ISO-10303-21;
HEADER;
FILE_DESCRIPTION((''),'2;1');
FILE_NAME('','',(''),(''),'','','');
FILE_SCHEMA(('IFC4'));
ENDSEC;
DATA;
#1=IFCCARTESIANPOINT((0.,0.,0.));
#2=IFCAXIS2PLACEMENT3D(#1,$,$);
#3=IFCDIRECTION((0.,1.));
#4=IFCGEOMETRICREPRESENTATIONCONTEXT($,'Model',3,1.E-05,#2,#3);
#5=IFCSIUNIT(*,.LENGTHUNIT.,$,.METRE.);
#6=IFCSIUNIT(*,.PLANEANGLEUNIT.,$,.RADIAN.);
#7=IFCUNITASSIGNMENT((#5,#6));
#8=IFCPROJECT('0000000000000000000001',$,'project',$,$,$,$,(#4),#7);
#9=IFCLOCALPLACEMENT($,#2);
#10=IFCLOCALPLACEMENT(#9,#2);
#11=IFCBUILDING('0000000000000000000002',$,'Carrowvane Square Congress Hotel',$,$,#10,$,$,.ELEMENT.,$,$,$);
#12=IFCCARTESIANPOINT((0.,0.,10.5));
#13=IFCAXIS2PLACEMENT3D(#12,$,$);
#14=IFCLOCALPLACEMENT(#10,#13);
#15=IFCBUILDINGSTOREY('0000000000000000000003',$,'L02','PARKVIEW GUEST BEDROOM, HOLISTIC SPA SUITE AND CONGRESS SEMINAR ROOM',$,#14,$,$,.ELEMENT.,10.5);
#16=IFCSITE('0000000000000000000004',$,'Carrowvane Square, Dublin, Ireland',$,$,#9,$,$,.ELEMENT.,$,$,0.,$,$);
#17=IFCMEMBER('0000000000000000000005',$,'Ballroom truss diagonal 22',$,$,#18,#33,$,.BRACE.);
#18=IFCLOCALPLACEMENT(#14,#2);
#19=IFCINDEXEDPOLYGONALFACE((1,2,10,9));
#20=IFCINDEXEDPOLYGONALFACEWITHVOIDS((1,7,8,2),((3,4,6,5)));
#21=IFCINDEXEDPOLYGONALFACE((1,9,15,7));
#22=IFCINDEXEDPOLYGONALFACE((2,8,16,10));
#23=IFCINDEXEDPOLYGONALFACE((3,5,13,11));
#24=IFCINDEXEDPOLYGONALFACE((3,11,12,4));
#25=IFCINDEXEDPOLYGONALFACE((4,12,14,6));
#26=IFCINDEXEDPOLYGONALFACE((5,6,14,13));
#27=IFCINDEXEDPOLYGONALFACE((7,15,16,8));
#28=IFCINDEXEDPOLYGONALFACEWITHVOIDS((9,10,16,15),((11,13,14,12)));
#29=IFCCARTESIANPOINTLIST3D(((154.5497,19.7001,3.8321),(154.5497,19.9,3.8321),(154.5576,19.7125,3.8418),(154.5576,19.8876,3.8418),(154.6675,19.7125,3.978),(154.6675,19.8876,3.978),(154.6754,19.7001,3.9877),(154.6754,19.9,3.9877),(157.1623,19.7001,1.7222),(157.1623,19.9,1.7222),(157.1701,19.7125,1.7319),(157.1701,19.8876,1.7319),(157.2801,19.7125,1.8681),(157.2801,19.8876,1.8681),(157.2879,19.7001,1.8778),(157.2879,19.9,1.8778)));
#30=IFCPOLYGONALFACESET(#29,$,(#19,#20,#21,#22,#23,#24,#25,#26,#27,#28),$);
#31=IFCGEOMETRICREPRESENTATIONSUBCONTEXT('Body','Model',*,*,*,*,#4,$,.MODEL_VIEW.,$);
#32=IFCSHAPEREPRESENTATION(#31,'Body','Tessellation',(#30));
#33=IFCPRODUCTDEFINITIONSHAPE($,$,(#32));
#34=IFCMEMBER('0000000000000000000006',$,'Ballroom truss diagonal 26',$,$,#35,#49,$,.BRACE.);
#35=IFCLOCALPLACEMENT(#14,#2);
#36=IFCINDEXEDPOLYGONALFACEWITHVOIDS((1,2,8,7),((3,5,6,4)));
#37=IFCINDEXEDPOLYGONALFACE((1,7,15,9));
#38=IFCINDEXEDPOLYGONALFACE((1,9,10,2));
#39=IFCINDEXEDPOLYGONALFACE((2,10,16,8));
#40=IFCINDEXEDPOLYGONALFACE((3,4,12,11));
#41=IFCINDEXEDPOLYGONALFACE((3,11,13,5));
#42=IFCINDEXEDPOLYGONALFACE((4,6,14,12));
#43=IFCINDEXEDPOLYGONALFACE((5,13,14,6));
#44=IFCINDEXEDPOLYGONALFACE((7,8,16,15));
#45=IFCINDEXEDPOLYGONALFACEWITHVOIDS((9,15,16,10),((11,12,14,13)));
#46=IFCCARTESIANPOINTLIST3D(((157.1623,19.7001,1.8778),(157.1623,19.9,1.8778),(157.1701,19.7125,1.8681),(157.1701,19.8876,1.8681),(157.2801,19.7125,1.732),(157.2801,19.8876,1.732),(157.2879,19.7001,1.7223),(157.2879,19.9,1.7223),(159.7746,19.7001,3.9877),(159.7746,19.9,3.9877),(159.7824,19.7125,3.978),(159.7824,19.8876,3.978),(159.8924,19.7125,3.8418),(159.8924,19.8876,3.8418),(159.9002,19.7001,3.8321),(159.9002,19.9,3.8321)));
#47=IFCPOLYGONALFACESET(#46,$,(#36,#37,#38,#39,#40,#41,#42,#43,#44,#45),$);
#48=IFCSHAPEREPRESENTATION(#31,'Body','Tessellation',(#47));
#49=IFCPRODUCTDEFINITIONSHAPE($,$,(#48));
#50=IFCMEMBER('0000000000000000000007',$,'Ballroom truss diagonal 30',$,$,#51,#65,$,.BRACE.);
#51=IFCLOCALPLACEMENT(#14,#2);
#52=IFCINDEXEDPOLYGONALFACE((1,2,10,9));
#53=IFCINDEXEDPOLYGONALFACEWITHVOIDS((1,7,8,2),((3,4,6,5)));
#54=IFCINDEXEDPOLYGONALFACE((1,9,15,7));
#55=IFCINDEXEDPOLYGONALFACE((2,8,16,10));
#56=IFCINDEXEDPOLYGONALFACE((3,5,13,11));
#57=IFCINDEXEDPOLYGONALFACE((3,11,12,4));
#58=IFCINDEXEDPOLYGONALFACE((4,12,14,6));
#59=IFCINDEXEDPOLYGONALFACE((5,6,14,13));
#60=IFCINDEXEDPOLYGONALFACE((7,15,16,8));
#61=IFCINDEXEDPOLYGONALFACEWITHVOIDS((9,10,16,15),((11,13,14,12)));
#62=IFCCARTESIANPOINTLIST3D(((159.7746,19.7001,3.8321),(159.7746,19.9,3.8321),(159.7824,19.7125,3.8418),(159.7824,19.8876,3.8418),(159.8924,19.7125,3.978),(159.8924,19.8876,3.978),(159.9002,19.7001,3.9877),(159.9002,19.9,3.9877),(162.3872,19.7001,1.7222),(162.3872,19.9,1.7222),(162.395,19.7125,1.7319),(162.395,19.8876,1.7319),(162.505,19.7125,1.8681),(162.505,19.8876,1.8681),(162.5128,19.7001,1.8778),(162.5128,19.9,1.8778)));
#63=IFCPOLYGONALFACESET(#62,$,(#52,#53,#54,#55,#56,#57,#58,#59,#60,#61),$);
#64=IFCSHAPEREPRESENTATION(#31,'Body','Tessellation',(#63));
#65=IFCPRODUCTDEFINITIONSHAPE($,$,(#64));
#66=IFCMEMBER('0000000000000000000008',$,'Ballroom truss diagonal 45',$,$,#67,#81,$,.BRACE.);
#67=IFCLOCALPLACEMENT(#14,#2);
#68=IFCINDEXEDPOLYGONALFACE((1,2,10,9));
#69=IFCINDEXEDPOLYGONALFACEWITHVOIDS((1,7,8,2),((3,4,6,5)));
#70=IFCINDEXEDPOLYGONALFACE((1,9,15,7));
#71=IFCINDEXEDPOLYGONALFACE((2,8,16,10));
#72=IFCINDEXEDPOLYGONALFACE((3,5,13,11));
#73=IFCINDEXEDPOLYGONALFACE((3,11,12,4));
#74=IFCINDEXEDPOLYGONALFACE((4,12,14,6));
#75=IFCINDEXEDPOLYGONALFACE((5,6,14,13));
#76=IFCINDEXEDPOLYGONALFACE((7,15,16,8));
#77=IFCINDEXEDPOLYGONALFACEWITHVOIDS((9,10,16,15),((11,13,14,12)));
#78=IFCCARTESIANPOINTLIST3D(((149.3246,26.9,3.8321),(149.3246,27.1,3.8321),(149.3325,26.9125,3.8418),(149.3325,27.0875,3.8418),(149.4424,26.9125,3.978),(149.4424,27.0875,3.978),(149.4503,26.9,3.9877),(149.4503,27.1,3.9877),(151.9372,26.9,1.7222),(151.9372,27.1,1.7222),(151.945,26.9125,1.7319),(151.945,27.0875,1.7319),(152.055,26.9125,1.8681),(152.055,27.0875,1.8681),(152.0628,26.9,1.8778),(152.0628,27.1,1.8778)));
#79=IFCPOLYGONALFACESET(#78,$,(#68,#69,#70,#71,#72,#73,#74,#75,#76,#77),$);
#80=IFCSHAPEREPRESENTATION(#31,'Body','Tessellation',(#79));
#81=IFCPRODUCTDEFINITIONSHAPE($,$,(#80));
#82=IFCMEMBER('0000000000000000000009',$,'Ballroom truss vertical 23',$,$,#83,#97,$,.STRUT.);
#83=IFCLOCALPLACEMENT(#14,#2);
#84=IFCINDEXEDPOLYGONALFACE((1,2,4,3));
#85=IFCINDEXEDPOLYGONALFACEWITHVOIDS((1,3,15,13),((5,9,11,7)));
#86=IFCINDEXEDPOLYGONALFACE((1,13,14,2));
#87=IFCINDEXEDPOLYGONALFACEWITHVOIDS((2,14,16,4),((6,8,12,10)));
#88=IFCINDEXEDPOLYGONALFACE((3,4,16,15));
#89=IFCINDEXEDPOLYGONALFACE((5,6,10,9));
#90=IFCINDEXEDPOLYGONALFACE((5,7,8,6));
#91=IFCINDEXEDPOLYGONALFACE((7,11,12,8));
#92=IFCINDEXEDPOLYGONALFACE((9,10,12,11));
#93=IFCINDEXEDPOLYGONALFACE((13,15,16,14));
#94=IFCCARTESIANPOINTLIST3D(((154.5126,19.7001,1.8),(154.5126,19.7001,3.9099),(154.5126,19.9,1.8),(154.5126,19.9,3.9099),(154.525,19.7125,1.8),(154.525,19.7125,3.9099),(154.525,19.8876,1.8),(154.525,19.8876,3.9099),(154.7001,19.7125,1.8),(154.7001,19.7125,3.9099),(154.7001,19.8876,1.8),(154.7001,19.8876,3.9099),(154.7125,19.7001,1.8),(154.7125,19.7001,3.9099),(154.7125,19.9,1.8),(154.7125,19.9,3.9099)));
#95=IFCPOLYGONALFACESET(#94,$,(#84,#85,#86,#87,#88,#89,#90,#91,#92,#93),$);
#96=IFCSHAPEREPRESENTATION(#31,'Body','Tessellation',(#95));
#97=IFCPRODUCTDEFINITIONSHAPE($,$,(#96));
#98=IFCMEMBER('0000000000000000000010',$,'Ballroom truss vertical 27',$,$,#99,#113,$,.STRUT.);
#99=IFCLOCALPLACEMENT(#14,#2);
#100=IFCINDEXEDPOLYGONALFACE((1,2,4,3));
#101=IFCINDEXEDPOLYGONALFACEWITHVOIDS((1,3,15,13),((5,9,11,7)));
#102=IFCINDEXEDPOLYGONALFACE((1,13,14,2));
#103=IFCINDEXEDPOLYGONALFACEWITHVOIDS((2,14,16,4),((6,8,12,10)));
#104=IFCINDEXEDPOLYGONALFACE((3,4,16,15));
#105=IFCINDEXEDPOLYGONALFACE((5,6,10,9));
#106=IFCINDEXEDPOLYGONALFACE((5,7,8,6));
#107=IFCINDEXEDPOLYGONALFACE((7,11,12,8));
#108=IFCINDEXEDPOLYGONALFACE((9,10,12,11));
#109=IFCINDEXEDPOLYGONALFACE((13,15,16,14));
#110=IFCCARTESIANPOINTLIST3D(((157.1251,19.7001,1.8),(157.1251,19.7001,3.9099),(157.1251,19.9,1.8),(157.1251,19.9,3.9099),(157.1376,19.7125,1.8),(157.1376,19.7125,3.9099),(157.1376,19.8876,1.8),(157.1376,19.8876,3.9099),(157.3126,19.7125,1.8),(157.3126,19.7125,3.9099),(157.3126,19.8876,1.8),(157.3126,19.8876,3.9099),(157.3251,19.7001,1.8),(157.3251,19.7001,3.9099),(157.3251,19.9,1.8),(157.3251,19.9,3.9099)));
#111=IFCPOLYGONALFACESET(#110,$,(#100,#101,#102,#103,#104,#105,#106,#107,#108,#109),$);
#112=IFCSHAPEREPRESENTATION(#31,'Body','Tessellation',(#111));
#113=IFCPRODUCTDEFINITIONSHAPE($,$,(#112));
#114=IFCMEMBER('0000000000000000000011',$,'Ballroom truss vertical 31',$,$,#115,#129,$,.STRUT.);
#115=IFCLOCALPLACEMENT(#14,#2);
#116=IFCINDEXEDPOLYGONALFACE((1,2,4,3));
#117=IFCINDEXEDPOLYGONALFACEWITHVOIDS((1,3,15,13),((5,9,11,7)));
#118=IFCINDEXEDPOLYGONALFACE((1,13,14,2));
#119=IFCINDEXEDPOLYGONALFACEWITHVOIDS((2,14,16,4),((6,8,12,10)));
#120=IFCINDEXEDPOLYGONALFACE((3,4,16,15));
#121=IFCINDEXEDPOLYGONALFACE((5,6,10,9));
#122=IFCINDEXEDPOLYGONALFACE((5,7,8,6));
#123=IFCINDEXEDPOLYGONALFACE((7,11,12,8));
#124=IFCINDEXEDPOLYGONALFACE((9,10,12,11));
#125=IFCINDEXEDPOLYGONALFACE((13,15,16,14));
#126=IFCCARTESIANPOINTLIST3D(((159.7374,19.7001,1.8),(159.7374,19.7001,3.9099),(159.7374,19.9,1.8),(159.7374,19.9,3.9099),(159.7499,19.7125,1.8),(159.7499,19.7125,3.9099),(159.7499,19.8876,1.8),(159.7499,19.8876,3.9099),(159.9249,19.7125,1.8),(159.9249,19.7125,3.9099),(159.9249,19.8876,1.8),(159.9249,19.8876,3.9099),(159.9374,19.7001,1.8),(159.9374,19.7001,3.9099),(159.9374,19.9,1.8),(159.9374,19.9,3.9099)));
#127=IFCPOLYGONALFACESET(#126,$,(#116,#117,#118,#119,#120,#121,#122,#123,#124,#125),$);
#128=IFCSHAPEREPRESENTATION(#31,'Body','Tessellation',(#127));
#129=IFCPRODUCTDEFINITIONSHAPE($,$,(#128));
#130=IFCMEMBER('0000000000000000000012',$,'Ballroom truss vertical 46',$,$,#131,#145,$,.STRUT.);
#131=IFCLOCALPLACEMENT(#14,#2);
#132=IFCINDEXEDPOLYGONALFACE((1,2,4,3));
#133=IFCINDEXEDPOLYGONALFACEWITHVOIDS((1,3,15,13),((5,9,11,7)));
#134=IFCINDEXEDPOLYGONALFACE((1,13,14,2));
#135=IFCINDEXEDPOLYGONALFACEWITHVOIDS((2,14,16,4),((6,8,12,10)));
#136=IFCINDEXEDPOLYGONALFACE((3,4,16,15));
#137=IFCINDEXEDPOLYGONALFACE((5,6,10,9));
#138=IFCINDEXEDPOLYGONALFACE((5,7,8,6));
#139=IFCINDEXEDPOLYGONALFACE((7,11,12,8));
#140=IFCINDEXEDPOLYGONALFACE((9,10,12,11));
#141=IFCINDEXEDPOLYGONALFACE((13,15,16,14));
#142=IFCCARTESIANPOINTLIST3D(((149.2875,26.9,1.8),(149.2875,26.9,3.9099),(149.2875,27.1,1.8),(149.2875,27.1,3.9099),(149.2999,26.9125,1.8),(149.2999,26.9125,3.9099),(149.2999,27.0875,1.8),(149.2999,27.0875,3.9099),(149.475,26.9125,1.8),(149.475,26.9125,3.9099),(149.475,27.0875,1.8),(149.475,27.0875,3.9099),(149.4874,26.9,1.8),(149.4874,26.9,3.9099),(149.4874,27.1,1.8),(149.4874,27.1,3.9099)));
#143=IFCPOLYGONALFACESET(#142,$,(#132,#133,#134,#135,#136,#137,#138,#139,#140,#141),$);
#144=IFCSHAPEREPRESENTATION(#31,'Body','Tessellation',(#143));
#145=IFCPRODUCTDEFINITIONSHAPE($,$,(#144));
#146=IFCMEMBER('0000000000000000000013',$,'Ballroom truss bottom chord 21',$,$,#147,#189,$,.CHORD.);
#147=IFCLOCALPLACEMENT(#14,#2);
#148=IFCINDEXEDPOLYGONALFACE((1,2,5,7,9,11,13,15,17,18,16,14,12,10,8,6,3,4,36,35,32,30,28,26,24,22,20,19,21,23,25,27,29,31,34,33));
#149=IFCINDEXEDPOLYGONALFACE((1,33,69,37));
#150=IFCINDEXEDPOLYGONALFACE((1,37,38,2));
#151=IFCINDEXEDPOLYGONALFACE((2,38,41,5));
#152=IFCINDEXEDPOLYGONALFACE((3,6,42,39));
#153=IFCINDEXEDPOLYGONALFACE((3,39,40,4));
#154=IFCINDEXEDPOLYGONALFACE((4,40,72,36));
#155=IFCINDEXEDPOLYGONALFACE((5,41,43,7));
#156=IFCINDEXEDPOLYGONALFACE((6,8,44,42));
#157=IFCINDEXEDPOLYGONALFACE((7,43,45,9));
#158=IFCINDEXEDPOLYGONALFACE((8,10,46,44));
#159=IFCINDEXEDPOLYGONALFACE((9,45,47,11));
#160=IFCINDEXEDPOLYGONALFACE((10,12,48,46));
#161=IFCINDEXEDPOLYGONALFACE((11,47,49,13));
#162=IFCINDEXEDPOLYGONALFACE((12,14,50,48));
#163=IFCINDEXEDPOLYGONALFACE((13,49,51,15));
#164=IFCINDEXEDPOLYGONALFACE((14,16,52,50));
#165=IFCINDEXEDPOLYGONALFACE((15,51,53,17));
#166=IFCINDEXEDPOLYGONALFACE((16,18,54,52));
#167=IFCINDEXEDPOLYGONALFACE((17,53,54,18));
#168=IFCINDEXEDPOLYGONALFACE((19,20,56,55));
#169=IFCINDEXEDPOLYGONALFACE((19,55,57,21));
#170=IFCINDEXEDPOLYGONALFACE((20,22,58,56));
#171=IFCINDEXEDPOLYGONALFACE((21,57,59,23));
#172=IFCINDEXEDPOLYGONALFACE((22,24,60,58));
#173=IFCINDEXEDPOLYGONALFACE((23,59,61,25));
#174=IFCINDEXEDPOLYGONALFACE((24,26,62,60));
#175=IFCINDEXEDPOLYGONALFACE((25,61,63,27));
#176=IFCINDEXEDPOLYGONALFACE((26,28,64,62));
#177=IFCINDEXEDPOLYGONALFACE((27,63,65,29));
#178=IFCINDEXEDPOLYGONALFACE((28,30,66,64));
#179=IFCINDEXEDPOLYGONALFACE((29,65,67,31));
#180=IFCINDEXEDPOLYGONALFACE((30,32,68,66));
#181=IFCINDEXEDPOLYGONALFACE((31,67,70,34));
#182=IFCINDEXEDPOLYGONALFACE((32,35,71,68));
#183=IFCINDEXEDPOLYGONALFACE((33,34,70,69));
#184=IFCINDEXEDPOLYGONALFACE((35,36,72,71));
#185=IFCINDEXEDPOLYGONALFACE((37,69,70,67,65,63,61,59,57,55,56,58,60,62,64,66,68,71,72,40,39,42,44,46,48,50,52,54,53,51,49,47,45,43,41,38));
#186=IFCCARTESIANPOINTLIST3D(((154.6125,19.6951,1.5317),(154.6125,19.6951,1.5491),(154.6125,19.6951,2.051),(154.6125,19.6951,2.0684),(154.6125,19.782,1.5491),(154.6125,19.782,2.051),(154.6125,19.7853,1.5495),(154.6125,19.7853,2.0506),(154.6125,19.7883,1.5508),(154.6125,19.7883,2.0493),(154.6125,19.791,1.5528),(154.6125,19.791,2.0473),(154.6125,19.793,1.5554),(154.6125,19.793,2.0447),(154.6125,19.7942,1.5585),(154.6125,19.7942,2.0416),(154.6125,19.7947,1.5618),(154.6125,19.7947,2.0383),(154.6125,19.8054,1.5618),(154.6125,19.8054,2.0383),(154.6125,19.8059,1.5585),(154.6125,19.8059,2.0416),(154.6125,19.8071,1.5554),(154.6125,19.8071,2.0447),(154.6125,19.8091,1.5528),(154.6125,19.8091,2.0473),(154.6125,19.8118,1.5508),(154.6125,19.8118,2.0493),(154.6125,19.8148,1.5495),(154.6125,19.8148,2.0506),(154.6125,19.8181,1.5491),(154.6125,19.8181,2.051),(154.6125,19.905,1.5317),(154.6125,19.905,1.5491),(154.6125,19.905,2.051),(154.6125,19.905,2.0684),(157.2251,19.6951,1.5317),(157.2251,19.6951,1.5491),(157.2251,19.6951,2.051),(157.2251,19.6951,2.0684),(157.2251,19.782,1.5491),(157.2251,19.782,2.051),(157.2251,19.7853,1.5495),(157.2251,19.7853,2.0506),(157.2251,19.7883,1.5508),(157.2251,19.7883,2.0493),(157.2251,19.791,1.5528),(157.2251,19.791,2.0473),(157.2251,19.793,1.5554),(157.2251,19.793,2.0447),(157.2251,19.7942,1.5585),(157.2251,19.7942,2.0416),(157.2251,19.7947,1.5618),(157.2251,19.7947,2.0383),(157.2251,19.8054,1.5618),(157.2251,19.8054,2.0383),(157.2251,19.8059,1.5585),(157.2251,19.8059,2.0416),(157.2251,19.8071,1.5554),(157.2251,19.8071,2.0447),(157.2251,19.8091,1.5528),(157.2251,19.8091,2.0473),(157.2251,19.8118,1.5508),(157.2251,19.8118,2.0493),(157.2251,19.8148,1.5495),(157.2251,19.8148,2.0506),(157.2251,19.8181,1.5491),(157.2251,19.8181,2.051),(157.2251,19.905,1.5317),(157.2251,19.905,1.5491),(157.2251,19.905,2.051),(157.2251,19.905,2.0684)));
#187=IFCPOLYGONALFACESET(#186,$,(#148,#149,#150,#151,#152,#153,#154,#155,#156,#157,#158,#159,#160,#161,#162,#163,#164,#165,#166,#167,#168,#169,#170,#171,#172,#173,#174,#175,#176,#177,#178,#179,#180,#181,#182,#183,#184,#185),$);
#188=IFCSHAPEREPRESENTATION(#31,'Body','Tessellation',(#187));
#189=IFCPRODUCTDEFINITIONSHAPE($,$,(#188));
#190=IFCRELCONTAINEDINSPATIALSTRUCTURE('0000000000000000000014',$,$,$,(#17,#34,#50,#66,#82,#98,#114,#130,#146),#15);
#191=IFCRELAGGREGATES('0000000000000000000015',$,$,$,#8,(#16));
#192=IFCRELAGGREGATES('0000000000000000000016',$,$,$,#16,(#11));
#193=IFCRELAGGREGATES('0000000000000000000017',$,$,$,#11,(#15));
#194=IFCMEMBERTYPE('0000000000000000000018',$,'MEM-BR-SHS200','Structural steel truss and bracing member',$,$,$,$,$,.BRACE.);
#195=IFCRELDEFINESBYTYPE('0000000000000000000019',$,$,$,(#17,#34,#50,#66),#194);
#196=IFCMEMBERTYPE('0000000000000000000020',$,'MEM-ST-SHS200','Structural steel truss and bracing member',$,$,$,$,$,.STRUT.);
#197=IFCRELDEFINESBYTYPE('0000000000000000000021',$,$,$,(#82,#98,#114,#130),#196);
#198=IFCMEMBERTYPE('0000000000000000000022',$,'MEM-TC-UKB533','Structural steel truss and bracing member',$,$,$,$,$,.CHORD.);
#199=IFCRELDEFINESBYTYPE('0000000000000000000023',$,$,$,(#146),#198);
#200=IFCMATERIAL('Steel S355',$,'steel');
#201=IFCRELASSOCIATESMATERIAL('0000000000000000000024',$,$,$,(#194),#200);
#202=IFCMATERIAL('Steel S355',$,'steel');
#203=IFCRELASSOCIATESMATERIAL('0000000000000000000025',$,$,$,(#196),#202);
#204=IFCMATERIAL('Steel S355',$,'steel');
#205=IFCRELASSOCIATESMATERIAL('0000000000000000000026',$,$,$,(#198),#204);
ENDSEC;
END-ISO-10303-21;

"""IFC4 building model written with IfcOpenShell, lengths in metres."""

from ifc_helpers import new_model, si_unit, direction, frame, origin, origin_2d, place, context, subcontext, project, spatial, hollow_rectangle, i_section, extrude, material, material_profile, profile_set, type_object, element, save


model = new_model("IFC4")

# Units and contexts
model_context = context("Model", 3, precision=1e-05, world=origin(), true_north=direction((0.0, 1.0)))
body_context = subcontext(model_context, "Body", "Model", "MODEL_VIEW")
ifc_project = project(units=[si_unit("LENGTHUNIT", "METRE"), si_unit("PLANEANGLEUNIT", "RADIAN")], contexts=[model_context])

# Site, building, storey
site_placement = place(None, origin())
site = spatial("IfcSite", under=ifc_project, at=site_placement, Name="Carrowvane Square, Dublin, Ireland", CompositionType="ELEMENT", RefElevation=0.0)
building_placement = place(site_placement, origin())
building = spatial("IfcBuilding", under=site, at=building_placement, Name="Carrowvane Square Congress Hotel", CompositionType="ELEMENT")
storey_placement = place(building_placement, frame((0.0, 0.0, 10.5)))
storey = spatial("IfcBuildingStorey", under=building, at=storey_placement, Name="L02", Description="PARKVIEW GUEST BEDROOM, HOLISTIC SPA SUITE AND CONGRESS SEMINAR ROOM", CompositionType="ELEMENT", Elevation=10.5)

# Members
ifc_material_1 = material(Name="Steel S355", Category="steel")
ifc_material_profile_1 = material_profile(ifc_material_1, hollow_rectangle(XDim=0.2, YDim=0.2, WallThickness=0.0125, at=origin_2d()), Name="SHS 200x200x12.5")
ifc_profile_set_1 = profile_set([ifc_material_profile_1], Name="Steel S355")
member_type_1 = type_object("IfcMemberType", Name="MEM-BR-SHS200", Description="Structural steel truss and bracing member", PredefinedType="BRACE", material=ifc_profile_set_1)
member_1_placement = place(storey_placement, frame((154.6125, 19.8, 3.9099), z_axis=(0.777981, 0.0, -0.628288), x_axis=(0.0, 1.0, 0.0)))
element("IfcMember", 1, at=member_1_placement, inside=storey, type_object=member_type_1, Name="Ballroom truss diagonal 22", PredefinedType="BRACE", context=body_context, shape_type="SweptSolid", body=[
    extrude(hollow_rectangle(XDim=0.2, YDim=0.2, WallThickness=0.0125, at=origin_2d()), origin(), (0.0, 0.0, 1.0), 3.3582),
])
member_2_placement = place(storey_placement, frame((157.2251, 19.8, 1.8), z_axis=(0.777952, 0.0, 0.628324), x_axis=(0.0, 1.0, 0.0)))
element("IfcMember", 2, at=member_2_placement, inside=storey, type_object=member_type_1, Name="Ballroom truss diagonal 26", PredefinedType="BRACE", context=body_context, shape_type="SweptSolid", body=[
    extrude(hollow_rectangle(XDim=0.2, YDim=0.2, WallThickness=0.0125, at=origin_2d()), origin(), (0.0, 0.0, 1.0), 3.3579),
])
for number, where, z_axis, x_axis, name in (
    (3, (159.8374, 19.8, 3.9099), (0.777981, 0.0, -0.628288), (0.0, 1.0, 0.0), "Ballroom truss diagonal 30"),
    (4, (149.3875, 27.0, 3.9099), (0.777981, 0.0, -0.628288), (0.0, 1.0, 0.0), "Ballroom truss diagonal 45"),
):
    element("IfcMember", number, at=place(storey_placement, frame(where, z_axis=z_axis, x_axis=x_axis)), inside=storey, type_object=member_type_1, Name=name, PredefinedType="BRACE", context=body_context, shape_type="SweptSolid", body=[
        extrude(hollow_rectangle(XDim=0.2, YDim=0.2, WallThickness=0.0125, at=origin_2d()), origin(), (0.0, 0.0, 1.0), 3.3582),
    ])
ifc_material_2 = material(Name="Steel S355", Category="steel")
ifc_material_profile_2 = material_profile(ifc_material_2, hollow_rectangle(XDim=0.2, YDim=0.2, WallThickness=0.0125, at=origin_2d()), Name="SHS 200x200x12.5")
ifc_profile_set_2 = profile_set([ifc_material_profile_2], Name="Steel S355")
member_type_2 = type_object("IfcMemberType", Name="MEM-ST-SHS200", Description="Structural steel truss and bracing member", PredefinedType="STRUT", material=ifc_profile_set_2)
for number, where, z_axis, x_axis, name in (
    (5, (154.6125, 19.8, 1.8), (0.0, 0.0, 1.0), (1.0, 0.0, 0.0), "Ballroom truss vertical 23"),
    (6, (157.2251, 19.8, 1.8), (0.0, 0.0, 1.0), (1.0, 0.0, 0.0), "Ballroom truss vertical 27"),
    (7, (159.8374, 19.8, 1.8), (0.0, 0.0, 1.0), (1.0, 0.0, 0.0), "Ballroom truss vertical 31"),
    (8, (149.3875, 27.0, 1.8), (0.0, 0.0, 1.0), (1.0, 0.0, 0.0), "Ballroom truss vertical 46"),
):
    element("IfcMember", number, at=place(storey_placement, frame(where, z_axis=z_axis, x_axis=x_axis)), inside=storey, type_object=member_type_2, Name=name, PredefinedType="STRUT", context=body_context, shape_type="SweptSolid", body=[
        extrude(hollow_rectangle(XDim=0.2, YDim=0.2, WallThickness=0.0125, at=origin_2d()), origin(), (0.0, 0.0, 1.0), 2.1099),
    ])
ifc_material_3 = material(Name="Steel S355", Category="steel")
ifc_material_profile_3 = material_profile(ifc_material_3, i_section(OverallWidth=0.21, OverallDepth=0.5366, WebThickness=0.0107, FlangeThickness=0.0173, FilletRadius=0.0127, at=origin_2d()), Name="UKB 533x210x101")
ifc_profile_set_3 = profile_set([ifc_material_profile_3], Name="Steel S355")
member_type_3 = type_object("IfcMemberType", Name="MEM-TC-UKB533", Description="Structural steel truss and bracing member", PredefinedType="CHORD", material=ifc_profile_set_3)
member_3_placement = place(storey_placement, frame((154.6125, 19.8, 1.8), z_axis=(1.0, 0.0, 0.0), x_axis=(0.0, 1.0, 0.0)))
element("IfcMember", 9, at=member_3_placement, inside=storey, type_object=member_type_3, Name="Ballroom truss bottom chord 21", PredefinedType="CHORD", context=body_context, shape_type="SweptSolid", body=[
    extrude(i_section(OverallWidth=0.21, OverallDepth=0.5366, WebThickness=0.0107, FlangeThickness=0.0173, FilletRadius=0.0127, at=origin_2d()), origin(), (0.0, 0.0, 1.0), 2.6125),
])

save(model, "model.ifc")
